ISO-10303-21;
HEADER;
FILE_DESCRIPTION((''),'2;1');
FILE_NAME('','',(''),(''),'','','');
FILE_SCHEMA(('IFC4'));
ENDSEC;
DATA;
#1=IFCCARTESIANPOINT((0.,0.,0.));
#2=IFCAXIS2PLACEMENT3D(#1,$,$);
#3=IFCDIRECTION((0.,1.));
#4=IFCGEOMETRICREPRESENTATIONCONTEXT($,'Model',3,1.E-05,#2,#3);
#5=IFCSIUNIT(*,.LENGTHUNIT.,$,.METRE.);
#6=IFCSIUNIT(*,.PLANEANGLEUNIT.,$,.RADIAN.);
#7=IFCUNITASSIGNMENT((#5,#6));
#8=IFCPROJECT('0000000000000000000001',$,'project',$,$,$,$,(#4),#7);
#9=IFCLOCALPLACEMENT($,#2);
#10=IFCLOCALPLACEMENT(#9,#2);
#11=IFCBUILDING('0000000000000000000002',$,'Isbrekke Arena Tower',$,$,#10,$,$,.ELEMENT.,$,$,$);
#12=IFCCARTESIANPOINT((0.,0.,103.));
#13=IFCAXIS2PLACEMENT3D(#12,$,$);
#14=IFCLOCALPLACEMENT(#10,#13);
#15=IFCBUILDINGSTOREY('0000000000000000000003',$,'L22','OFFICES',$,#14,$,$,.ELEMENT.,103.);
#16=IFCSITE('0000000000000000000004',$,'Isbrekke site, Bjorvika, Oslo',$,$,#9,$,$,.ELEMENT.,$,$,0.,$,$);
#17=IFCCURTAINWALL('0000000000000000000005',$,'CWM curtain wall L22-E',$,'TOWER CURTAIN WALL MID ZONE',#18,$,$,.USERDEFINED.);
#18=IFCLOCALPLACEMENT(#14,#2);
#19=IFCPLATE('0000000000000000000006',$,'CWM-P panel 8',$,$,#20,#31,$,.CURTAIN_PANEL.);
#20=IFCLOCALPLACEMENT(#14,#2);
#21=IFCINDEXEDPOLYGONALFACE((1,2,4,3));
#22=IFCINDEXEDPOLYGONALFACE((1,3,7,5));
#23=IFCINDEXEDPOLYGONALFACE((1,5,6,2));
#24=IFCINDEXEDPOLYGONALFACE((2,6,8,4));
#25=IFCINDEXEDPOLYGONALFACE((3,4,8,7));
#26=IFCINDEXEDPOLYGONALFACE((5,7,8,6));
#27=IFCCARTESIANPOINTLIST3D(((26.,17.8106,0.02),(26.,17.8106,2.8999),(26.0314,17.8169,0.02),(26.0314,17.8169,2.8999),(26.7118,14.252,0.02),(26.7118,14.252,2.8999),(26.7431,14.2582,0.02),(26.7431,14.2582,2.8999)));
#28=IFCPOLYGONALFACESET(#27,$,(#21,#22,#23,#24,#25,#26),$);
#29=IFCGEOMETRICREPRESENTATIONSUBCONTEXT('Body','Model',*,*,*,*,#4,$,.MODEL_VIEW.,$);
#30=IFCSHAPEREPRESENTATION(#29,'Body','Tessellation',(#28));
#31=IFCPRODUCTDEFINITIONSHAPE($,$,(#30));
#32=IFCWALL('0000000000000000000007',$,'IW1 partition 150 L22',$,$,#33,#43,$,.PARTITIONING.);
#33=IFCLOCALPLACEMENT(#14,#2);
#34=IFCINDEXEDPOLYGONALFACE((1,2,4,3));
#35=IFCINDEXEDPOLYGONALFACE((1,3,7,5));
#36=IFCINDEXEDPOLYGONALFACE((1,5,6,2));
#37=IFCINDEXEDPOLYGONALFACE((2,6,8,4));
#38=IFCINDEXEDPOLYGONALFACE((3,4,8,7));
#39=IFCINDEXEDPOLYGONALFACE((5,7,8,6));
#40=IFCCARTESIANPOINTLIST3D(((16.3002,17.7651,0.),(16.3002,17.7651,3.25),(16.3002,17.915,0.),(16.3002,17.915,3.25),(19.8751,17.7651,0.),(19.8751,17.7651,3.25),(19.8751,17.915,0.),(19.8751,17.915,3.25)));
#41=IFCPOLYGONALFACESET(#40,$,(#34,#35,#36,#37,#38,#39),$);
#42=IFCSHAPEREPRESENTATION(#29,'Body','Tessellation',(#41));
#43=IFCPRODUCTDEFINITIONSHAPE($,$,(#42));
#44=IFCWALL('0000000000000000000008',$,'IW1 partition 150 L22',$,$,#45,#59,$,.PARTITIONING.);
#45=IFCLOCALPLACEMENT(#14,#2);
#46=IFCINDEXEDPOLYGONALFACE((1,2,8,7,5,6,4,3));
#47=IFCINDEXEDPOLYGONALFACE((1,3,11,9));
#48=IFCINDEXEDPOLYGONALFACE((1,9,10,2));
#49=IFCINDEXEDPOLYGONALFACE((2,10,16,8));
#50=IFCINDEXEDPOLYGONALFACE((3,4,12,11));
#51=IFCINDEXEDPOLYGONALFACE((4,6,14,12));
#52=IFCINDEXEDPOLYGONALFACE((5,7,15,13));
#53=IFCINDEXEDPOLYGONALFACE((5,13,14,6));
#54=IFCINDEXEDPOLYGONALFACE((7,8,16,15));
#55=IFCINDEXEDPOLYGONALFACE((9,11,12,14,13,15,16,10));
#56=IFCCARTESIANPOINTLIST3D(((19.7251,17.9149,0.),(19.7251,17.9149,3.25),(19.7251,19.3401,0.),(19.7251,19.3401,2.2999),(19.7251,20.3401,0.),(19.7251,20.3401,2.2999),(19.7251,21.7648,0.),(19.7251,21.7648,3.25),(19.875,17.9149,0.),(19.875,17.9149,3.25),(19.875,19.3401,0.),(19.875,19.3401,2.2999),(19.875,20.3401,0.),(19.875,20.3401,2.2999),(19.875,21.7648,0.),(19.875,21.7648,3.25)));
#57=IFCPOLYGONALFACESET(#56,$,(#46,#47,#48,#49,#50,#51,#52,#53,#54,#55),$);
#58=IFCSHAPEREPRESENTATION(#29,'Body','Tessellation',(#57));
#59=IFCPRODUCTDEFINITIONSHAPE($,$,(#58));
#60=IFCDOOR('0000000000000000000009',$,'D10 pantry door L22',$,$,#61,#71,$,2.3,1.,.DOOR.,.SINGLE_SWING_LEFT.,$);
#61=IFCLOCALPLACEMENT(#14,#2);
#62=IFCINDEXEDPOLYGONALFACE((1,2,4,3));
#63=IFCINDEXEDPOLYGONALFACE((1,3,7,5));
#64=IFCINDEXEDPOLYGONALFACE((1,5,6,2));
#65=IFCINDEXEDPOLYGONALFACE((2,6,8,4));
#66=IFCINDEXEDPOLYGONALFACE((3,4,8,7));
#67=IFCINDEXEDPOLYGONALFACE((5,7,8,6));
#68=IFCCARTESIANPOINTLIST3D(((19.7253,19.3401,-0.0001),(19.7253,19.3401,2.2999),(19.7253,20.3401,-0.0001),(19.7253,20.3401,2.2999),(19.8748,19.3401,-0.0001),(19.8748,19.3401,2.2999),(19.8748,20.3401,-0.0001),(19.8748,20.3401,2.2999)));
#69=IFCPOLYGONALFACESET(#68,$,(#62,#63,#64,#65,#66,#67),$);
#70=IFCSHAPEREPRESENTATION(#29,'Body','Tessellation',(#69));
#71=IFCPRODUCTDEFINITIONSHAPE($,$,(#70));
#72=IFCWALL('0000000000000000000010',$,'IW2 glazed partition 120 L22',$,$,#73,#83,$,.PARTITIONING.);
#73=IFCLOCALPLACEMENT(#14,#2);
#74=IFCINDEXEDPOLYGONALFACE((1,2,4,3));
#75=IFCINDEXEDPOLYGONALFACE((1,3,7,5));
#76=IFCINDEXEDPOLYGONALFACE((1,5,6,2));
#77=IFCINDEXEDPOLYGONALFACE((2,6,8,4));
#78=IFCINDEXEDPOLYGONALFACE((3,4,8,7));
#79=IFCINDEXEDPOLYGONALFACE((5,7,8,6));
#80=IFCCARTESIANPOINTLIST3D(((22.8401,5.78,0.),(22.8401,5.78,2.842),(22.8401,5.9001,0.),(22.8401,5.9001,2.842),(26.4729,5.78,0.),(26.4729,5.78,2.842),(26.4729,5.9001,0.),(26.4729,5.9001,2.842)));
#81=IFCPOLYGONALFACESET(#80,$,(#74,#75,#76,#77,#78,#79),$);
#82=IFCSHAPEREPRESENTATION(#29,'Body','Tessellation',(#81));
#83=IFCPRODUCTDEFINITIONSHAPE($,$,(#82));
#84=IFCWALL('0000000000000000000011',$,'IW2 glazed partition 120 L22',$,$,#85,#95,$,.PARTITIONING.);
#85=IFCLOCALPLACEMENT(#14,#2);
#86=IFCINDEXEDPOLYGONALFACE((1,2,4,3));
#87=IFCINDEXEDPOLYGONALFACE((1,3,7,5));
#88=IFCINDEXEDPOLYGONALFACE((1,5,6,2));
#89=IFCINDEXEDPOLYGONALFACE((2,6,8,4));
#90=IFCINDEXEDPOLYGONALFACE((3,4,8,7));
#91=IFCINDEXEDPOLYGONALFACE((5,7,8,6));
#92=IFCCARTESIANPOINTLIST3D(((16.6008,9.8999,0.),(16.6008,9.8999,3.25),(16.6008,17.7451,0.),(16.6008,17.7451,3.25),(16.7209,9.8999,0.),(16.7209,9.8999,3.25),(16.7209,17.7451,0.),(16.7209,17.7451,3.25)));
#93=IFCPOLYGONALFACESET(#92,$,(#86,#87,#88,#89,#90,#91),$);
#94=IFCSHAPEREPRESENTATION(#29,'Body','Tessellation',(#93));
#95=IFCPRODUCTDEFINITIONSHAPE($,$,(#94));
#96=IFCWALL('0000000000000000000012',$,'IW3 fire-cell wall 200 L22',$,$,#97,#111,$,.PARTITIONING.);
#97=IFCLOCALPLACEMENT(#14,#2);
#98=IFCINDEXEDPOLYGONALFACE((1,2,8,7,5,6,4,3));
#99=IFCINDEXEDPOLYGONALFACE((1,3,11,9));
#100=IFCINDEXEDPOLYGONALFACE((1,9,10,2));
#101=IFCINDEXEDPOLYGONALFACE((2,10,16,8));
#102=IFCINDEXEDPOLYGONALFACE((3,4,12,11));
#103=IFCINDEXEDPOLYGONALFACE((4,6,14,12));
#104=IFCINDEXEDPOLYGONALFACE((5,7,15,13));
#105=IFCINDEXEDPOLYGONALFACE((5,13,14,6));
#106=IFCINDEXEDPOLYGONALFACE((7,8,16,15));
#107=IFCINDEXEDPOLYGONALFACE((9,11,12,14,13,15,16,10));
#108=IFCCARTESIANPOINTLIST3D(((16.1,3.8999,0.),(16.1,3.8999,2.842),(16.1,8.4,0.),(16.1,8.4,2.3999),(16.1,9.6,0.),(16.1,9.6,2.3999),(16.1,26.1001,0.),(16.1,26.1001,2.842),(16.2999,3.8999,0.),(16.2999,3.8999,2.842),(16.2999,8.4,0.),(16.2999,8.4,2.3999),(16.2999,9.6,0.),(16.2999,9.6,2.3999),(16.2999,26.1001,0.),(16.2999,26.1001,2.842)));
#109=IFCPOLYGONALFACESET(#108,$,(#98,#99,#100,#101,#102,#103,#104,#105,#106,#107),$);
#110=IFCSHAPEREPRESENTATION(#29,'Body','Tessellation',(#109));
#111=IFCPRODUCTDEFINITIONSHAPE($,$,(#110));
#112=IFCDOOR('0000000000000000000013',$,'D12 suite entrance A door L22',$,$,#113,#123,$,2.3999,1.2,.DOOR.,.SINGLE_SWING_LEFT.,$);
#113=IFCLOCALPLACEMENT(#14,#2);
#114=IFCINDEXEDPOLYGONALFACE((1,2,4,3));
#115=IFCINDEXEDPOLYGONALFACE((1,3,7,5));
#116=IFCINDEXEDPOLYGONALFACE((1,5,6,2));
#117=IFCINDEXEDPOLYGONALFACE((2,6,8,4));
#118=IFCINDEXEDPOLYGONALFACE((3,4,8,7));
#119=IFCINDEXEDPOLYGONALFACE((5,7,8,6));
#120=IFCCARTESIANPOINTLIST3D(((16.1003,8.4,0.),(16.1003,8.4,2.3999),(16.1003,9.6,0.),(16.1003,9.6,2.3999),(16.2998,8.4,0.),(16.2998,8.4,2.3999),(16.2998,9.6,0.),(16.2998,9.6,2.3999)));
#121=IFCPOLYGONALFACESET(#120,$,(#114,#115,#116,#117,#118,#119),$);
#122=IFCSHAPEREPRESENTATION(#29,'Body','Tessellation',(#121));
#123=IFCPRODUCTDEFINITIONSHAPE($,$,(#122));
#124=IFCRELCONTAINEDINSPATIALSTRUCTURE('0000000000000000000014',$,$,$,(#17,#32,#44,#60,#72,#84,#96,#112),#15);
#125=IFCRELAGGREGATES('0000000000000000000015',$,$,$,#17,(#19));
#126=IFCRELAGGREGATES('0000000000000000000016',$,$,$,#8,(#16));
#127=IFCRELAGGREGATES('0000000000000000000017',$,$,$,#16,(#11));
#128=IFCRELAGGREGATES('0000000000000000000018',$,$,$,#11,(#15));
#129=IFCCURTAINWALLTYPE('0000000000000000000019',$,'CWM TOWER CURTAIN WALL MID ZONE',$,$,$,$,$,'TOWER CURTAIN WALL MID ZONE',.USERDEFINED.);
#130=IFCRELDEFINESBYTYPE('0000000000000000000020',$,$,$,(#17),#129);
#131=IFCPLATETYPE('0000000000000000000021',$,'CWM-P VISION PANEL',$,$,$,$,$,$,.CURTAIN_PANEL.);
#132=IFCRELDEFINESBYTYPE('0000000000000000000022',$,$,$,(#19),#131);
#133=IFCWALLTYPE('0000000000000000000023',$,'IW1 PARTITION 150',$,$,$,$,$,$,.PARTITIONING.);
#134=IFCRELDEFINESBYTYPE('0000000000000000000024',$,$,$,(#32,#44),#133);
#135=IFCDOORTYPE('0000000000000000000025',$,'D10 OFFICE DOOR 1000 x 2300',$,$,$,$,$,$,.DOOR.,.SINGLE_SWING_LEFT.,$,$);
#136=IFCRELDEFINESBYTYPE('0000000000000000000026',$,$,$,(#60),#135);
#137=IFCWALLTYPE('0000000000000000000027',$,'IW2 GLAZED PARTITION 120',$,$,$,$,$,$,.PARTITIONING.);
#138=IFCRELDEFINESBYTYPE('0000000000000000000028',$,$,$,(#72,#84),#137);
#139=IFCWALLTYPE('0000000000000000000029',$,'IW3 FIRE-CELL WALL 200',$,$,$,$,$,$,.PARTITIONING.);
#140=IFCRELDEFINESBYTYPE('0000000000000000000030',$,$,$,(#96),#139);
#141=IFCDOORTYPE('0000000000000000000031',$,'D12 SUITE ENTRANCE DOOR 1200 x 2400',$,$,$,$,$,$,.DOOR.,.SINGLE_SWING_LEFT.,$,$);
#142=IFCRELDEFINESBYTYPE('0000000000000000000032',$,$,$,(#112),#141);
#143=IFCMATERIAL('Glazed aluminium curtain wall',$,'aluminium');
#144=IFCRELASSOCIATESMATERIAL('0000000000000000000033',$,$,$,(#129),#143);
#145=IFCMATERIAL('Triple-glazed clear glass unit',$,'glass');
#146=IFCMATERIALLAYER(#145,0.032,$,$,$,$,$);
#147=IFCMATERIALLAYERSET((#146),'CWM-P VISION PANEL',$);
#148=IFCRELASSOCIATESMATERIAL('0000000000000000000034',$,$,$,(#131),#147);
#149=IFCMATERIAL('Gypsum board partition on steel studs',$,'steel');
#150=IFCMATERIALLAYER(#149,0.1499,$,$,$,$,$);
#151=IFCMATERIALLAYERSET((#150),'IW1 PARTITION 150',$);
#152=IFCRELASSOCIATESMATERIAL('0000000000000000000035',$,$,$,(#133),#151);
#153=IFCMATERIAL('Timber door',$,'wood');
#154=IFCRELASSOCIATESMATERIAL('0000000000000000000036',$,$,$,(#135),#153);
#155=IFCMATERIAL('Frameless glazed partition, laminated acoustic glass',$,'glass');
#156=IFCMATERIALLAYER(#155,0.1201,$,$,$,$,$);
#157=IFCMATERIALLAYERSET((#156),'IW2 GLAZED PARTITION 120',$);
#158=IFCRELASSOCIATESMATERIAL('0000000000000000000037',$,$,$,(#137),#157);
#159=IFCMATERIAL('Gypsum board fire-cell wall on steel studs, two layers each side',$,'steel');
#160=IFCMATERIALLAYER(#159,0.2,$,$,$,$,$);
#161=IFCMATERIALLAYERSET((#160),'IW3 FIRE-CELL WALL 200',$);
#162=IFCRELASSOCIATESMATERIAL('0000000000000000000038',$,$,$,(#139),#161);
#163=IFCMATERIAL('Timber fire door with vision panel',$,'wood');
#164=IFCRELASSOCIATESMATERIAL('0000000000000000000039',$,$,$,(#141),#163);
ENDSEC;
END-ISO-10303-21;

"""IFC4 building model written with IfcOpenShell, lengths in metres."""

from ifc_helpers import new_model, si_unit, direction, frame, frame_2d, origin, origin_2d, place, context, subcontext, project, spatial, rectangle, extrude, material, layer, layer_set, type_object, element, fill, aggregate, save


model = new_model("IFC4")

# Units and contexts
model_context = context("Model", 3, precision=1e-05, world=origin(), true_north=direction((0.0, 1.0)))
body_context = subcontext(model_context, "Body", "Model", "MODEL_VIEW")
ifc_project = project(units=[si_unit("LENGTHUNIT", "METRE"), si_unit("PLANEANGLEUNIT", "RADIAN")], contexts=[model_context])

# Site, building, storey
site_placement = place(None, origin())
site = spatial("IfcSite", under=ifc_project, at=site_placement, Name="Isbrekke site, Bjorvika, Oslo", CompositionType="ELEMENT", RefElevation=0.0)
building_placement = place(site_placement, origin())
building = spatial("IfcBuilding", under=site, at=building_placement, Name="Isbrekke Arena Tower", CompositionType="ELEMENT")
storey_placement = place(building_placement, frame((0.0, 0.0, 103.0)))
storey = spatial("IfcBuildingStorey", under=building, at=storey_placement, Name="L22", Description="OFFICES", CompositionType="ELEMENT", Elevation=103.0)

# Curtain wall
ifc_material_1 = material(Name="Glazed aluminium curtain wall", Category="aluminium")
curtain_wall_type = type_object("IfcCurtainWallType", Name="CWM TOWER CURTAIN WALL MID ZONE", ElementType="TOWER CURTAIN WALL MID ZONE", PredefinedType="USERDEFINED", material=ifc_material_1)
curtain_wall_placement = place(storey_placement, origin())
curtain_wall = element("IfcCurtainWall", 1, at=curtain_wall_placement, inside=storey, type_object=curtain_wall_type, Name="CWM curtain wall L22-E", ObjectType="TOWER CURTAIN WALL MID ZONE", PredefinedType="USERDEFINED")

# Plate
ifc_material_2 = material(Name="Triple-glazed clear glass unit", Category="glass")
ifc_layer_1 = layer(ifc_material_2, 0.032)
ifc_layer_set_1 = layer_set([ifc_layer_1], Name="CWM-P VISION PANEL")
plate_type = type_object("IfcPlateType", Name="CWM-P VISION PANEL", PredefinedType="CURTAIN_PANEL", material=ifc_layer_set_1)
plate_1_placement = place(storey_placement, frame((26.3716, 16.0344, 0.02), z_axis=(0.0, 0.0, 1.0), x_axis=(-0.196116, 0.980581, 0.0)))
plate_1 = element("IfcPlate", 2, at=plate_1_placement, type_object=plate_type, Name="CWM-P panel 8", PredefinedType="CURTAIN_PANEL", context=body_context, shape_type="SweptSolid", body=[
    extrude(rectangle(XDim=3.6292, YDim=0.032, at=origin_2d()), origin(), (0.0, 0.0, 1.0), 2.8799),
])
aggregate(curtain_wall, [plate_1])

# Wall
ifc_material_3 = material(Name="Gypsum board partition on steel studs", Category="steel")
ifc_layer_2 = layer(ifc_material_3, 0.1499)
ifc_layer_set_2 = layer_set([ifc_layer_2], Name="IW1 PARTITION 150")
wall_type_1 = type_object("IfcWallType", Name="IW1 PARTITION 150", PredefinedType="PARTITIONING", material=ifc_layer_set_2)
wall_1_placement = place(storey_placement, frame((16.3, 17.8401, 0.0), z_axis=(0.0, 0.0, 1.0), x_axis=(1.0, 0.0, 0.0)))
element("IfcWall", 3, at=wall_1_placement, inside=storey, type_object=wall_type_1, Name="IW1 partition 150 L22", PredefinedType="PARTITIONING", context=body_context, shape_type="SweptSolid", body=[
    extrude(rectangle(XDim=3.575, YDim=0.1499, at=frame_2d((1.7876, 0.0))), origin(), (0.0, 0.0, 1.0), 3.25),
])

# Wall, opening, door
wall_2_placement = place(storey_placement, frame((19.8, 17.915, 0.0), z_axis=(0.0, 0.0, 1.0), x_axis=(0.0, 1.0, 0.0)))
wall_2 = element("IfcWall", 4, at=wall_2_placement, inside=storey, type_object=wall_type_1, Name="IW1 partition 150 L22", PredefinedType="PARTITIONING", context=body_context, shape_type="SweptSolid", body=[
    extrude(rectangle(XDim=3.8499, YDim=0.1499, at=frame_2d((1.9248, 0.0))), origin(), (0.0, 0.0, 1.0), 3.25),
])
opening_1_placement = place(wall_2_placement, frame((1.425, 0.0, 0.0)))
opening_1 = element("IfcOpeningElement", 5, at=opening_1_placement, cuts=wall_2, PredefinedType="OPENING", context=body_context, shape_type="SweptSolid", body=[
    extrude(rectangle(XDim=1.0, YDim=2.3, at=frame_2d((0.5, 1.1499))), frame((0.0, 0.0898, 0.0), z_axis=(0.0, -1.0, 0.0), x_axis=(1.0, 0.0, 0.0)), (0.0, 0.0, 1.0), 0.1797),
])
ifc_material_4 = material(Name="Timber door", Category="wood")
door_type_1 = type_object("IfcDoorType", Name="D10 OFFICE DOOR 1000 x 2300", OperationType="SINGLE_SWING_LEFT", PredefinedType="DOOR", material=ifc_material_4)
door_1_placement = place(opening_1_placement, origin())
door_1 = element("IfcDoor", 6, at=door_1_placement, inside=storey, type_object=door_type_1, Name="D10 pantry door L22", OperationType="SINGLE_SWING_LEFT", OverallHeight=2.3, OverallWidth=1.0, PredefinedType="DOOR", context=body_context, shape_type="SweptSolid", body=[
    extrude(rectangle(XDim=1.0, YDim=2.3, at=frame_2d((0.5, 1.1499))), frame((0.0, 0.0747, 0.0), z_axis=(0.0, -1.0, 0.0), x_axis=(1.0, 0.0, 0.0)), (0.0, 0.0, 1.0), 0.1494),
])
fill(opening_1, door_1)

# Walls
ifc_material_5 = material(Name="Frameless glazed partition, laminated acoustic glass", Category="glass")
ifc_layer_3 = layer(ifc_material_5, 0.1201)
ifc_layer_set_3 = layer_set([ifc_layer_3], Name="IW2 GLAZED PARTITION 120")
wall_type_2 = type_object("IfcWallType", Name="IW2 GLAZED PARTITION 120", PredefinedType="PARTITIONING", material=ifc_layer_set_3)
wall_3_placement = place(storey_placement, frame((22.8401, 5.8401, 0.0), z_axis=(0.0, 0.0, 1.0), x_axis=(1.0, 0.0, 0.0)))
element("IfcWall", 7, at=wall_3_placement, inside=storey, type_object=wall_type_2, Name="IW2 glazed partition 120 L22", PredefinedType="PARTITIONING", context=body_context, shape_type="SweptSolid", body=[
    extrude(rectangle(XDim=3.6328, YDim=0.1201, at=frame_2d((1.8164, 0.0))), origin(), (0.0, 0.0, 1.0), 2.842),
])
wall_4_placement = place(storey_placement, frame((16.6609, 9.8999, 0.0), z_axis=(0.0, 0.0, 1.0), x_axis=(0.0, 1.0, 0.0)))
element("IfcWall", 8, at=wall_4_placement, inside=storey, type_object=wall_type_2, Name="IW2 glazed partition 120 L22", PredefinedType="PARTITIONING", context=body_context, shape_type="SweptSolid", body=[
    extrude(rectangle(XDim=7.8452, YDim=0.1201, at=frame_2d((3.9226, 0.0))), origin(), (0.0, 0.0, 1.0), 3.25),
])

# Wall, opening, door
ifc_material_6 = material(Name="Gypsum board fire-cell wall on steel studs, two layers each side", Category="steel")
ifc_layer_4 = layer(ifc_material_6, 0.2)
ifc_layer_set_4 = layer_set([ifc_layer_4], Name="IW3 FIRE-CELL WALL 200")
wall_type_3 = type_object("IfcWallType", Name="IW3 FIRE-CELL WALL 200", PredefinedType="PARTITIONING", material=ifc_layer_set_4)
wall_5_placement = place(storey_placement, frame((16.2, 3.8999, 0.0), z_axis=(0.0, 0.0, 1.0), x_axis=(0.0, 1.0, 0.0)))
wall_5 = element("IfcWall", 9, at=wall_5_placement, inside=storey, type_object=wall_type_3, Name="IW3 fire-cell wall 200 L22", PredefinedType="PARTITIONING", context=body_context, shape_type="SweptSolid", body=[
    extrude(rectangle(XDim=22.2002, YDim=0.2, at=frame_2d((11.1001, 0.0))), origin(), (0.0, 0.0, 1.0), 2.842),
])
opening_2_placement = place(wall_5_placement, frame((4.5, 0.0, 0.0)))
opening_2 = element("IfcOpeningElement", 10, at=opening_2_placement, cuts=wall_5, PredefinedType="OPENING", context=body_context, shape_type="SweptSolid", body=[
    extrude(rectangle(XDim=1.2, YDim=2.3999, at=frame_2d((0.6001, 1.2))), frame((0.0, 0.1147, 0.0), z_axis=(0.0, -1.0, 0.0), x_axis=(1.0, 0.0, 0.0)), (0.0, 0.0, 1.0), 0.2297),
])
ifc_material_7 = material(Name="Timber fire door with vision panel", Category="wood")
door_type_2 = type_object("IfcDoorType", Name="D12 SUITE ENTRANCE DOOR 1200 x 2400", OperationType="SINGLE_SWING_LEFT", PredefinedType="DOOR", material=ifc_material_7)
door_2_placement = place(opening_2_placement, origin())
door_2 = element("IfcDoor", 11, at=door_2_placement, inside=storey, type_object=door_type_2, Name="D12 suite entrance A door L22", OperationType="SINGLE_SWING_LEFT", OverallHeight=2.3999, OverallWidth=1.2, PredefinedType="DOOR", context=body_context, shape_type="SweptSolid", body=[
    extrude(rectangle(XDim=1.2, YDim=2.3999, at=frame_2d((0.6001, 1.2))), frame((0.0, 0.0996, 0.0), z_axis=(0.0, -1.0, 0.0), x_axis=(1.0, 0.0, 0.0)), (0.0, 0.0, 1.0), 0.1995),
])
fill(opening_2, door_2)

save(model, "model.ifc")
